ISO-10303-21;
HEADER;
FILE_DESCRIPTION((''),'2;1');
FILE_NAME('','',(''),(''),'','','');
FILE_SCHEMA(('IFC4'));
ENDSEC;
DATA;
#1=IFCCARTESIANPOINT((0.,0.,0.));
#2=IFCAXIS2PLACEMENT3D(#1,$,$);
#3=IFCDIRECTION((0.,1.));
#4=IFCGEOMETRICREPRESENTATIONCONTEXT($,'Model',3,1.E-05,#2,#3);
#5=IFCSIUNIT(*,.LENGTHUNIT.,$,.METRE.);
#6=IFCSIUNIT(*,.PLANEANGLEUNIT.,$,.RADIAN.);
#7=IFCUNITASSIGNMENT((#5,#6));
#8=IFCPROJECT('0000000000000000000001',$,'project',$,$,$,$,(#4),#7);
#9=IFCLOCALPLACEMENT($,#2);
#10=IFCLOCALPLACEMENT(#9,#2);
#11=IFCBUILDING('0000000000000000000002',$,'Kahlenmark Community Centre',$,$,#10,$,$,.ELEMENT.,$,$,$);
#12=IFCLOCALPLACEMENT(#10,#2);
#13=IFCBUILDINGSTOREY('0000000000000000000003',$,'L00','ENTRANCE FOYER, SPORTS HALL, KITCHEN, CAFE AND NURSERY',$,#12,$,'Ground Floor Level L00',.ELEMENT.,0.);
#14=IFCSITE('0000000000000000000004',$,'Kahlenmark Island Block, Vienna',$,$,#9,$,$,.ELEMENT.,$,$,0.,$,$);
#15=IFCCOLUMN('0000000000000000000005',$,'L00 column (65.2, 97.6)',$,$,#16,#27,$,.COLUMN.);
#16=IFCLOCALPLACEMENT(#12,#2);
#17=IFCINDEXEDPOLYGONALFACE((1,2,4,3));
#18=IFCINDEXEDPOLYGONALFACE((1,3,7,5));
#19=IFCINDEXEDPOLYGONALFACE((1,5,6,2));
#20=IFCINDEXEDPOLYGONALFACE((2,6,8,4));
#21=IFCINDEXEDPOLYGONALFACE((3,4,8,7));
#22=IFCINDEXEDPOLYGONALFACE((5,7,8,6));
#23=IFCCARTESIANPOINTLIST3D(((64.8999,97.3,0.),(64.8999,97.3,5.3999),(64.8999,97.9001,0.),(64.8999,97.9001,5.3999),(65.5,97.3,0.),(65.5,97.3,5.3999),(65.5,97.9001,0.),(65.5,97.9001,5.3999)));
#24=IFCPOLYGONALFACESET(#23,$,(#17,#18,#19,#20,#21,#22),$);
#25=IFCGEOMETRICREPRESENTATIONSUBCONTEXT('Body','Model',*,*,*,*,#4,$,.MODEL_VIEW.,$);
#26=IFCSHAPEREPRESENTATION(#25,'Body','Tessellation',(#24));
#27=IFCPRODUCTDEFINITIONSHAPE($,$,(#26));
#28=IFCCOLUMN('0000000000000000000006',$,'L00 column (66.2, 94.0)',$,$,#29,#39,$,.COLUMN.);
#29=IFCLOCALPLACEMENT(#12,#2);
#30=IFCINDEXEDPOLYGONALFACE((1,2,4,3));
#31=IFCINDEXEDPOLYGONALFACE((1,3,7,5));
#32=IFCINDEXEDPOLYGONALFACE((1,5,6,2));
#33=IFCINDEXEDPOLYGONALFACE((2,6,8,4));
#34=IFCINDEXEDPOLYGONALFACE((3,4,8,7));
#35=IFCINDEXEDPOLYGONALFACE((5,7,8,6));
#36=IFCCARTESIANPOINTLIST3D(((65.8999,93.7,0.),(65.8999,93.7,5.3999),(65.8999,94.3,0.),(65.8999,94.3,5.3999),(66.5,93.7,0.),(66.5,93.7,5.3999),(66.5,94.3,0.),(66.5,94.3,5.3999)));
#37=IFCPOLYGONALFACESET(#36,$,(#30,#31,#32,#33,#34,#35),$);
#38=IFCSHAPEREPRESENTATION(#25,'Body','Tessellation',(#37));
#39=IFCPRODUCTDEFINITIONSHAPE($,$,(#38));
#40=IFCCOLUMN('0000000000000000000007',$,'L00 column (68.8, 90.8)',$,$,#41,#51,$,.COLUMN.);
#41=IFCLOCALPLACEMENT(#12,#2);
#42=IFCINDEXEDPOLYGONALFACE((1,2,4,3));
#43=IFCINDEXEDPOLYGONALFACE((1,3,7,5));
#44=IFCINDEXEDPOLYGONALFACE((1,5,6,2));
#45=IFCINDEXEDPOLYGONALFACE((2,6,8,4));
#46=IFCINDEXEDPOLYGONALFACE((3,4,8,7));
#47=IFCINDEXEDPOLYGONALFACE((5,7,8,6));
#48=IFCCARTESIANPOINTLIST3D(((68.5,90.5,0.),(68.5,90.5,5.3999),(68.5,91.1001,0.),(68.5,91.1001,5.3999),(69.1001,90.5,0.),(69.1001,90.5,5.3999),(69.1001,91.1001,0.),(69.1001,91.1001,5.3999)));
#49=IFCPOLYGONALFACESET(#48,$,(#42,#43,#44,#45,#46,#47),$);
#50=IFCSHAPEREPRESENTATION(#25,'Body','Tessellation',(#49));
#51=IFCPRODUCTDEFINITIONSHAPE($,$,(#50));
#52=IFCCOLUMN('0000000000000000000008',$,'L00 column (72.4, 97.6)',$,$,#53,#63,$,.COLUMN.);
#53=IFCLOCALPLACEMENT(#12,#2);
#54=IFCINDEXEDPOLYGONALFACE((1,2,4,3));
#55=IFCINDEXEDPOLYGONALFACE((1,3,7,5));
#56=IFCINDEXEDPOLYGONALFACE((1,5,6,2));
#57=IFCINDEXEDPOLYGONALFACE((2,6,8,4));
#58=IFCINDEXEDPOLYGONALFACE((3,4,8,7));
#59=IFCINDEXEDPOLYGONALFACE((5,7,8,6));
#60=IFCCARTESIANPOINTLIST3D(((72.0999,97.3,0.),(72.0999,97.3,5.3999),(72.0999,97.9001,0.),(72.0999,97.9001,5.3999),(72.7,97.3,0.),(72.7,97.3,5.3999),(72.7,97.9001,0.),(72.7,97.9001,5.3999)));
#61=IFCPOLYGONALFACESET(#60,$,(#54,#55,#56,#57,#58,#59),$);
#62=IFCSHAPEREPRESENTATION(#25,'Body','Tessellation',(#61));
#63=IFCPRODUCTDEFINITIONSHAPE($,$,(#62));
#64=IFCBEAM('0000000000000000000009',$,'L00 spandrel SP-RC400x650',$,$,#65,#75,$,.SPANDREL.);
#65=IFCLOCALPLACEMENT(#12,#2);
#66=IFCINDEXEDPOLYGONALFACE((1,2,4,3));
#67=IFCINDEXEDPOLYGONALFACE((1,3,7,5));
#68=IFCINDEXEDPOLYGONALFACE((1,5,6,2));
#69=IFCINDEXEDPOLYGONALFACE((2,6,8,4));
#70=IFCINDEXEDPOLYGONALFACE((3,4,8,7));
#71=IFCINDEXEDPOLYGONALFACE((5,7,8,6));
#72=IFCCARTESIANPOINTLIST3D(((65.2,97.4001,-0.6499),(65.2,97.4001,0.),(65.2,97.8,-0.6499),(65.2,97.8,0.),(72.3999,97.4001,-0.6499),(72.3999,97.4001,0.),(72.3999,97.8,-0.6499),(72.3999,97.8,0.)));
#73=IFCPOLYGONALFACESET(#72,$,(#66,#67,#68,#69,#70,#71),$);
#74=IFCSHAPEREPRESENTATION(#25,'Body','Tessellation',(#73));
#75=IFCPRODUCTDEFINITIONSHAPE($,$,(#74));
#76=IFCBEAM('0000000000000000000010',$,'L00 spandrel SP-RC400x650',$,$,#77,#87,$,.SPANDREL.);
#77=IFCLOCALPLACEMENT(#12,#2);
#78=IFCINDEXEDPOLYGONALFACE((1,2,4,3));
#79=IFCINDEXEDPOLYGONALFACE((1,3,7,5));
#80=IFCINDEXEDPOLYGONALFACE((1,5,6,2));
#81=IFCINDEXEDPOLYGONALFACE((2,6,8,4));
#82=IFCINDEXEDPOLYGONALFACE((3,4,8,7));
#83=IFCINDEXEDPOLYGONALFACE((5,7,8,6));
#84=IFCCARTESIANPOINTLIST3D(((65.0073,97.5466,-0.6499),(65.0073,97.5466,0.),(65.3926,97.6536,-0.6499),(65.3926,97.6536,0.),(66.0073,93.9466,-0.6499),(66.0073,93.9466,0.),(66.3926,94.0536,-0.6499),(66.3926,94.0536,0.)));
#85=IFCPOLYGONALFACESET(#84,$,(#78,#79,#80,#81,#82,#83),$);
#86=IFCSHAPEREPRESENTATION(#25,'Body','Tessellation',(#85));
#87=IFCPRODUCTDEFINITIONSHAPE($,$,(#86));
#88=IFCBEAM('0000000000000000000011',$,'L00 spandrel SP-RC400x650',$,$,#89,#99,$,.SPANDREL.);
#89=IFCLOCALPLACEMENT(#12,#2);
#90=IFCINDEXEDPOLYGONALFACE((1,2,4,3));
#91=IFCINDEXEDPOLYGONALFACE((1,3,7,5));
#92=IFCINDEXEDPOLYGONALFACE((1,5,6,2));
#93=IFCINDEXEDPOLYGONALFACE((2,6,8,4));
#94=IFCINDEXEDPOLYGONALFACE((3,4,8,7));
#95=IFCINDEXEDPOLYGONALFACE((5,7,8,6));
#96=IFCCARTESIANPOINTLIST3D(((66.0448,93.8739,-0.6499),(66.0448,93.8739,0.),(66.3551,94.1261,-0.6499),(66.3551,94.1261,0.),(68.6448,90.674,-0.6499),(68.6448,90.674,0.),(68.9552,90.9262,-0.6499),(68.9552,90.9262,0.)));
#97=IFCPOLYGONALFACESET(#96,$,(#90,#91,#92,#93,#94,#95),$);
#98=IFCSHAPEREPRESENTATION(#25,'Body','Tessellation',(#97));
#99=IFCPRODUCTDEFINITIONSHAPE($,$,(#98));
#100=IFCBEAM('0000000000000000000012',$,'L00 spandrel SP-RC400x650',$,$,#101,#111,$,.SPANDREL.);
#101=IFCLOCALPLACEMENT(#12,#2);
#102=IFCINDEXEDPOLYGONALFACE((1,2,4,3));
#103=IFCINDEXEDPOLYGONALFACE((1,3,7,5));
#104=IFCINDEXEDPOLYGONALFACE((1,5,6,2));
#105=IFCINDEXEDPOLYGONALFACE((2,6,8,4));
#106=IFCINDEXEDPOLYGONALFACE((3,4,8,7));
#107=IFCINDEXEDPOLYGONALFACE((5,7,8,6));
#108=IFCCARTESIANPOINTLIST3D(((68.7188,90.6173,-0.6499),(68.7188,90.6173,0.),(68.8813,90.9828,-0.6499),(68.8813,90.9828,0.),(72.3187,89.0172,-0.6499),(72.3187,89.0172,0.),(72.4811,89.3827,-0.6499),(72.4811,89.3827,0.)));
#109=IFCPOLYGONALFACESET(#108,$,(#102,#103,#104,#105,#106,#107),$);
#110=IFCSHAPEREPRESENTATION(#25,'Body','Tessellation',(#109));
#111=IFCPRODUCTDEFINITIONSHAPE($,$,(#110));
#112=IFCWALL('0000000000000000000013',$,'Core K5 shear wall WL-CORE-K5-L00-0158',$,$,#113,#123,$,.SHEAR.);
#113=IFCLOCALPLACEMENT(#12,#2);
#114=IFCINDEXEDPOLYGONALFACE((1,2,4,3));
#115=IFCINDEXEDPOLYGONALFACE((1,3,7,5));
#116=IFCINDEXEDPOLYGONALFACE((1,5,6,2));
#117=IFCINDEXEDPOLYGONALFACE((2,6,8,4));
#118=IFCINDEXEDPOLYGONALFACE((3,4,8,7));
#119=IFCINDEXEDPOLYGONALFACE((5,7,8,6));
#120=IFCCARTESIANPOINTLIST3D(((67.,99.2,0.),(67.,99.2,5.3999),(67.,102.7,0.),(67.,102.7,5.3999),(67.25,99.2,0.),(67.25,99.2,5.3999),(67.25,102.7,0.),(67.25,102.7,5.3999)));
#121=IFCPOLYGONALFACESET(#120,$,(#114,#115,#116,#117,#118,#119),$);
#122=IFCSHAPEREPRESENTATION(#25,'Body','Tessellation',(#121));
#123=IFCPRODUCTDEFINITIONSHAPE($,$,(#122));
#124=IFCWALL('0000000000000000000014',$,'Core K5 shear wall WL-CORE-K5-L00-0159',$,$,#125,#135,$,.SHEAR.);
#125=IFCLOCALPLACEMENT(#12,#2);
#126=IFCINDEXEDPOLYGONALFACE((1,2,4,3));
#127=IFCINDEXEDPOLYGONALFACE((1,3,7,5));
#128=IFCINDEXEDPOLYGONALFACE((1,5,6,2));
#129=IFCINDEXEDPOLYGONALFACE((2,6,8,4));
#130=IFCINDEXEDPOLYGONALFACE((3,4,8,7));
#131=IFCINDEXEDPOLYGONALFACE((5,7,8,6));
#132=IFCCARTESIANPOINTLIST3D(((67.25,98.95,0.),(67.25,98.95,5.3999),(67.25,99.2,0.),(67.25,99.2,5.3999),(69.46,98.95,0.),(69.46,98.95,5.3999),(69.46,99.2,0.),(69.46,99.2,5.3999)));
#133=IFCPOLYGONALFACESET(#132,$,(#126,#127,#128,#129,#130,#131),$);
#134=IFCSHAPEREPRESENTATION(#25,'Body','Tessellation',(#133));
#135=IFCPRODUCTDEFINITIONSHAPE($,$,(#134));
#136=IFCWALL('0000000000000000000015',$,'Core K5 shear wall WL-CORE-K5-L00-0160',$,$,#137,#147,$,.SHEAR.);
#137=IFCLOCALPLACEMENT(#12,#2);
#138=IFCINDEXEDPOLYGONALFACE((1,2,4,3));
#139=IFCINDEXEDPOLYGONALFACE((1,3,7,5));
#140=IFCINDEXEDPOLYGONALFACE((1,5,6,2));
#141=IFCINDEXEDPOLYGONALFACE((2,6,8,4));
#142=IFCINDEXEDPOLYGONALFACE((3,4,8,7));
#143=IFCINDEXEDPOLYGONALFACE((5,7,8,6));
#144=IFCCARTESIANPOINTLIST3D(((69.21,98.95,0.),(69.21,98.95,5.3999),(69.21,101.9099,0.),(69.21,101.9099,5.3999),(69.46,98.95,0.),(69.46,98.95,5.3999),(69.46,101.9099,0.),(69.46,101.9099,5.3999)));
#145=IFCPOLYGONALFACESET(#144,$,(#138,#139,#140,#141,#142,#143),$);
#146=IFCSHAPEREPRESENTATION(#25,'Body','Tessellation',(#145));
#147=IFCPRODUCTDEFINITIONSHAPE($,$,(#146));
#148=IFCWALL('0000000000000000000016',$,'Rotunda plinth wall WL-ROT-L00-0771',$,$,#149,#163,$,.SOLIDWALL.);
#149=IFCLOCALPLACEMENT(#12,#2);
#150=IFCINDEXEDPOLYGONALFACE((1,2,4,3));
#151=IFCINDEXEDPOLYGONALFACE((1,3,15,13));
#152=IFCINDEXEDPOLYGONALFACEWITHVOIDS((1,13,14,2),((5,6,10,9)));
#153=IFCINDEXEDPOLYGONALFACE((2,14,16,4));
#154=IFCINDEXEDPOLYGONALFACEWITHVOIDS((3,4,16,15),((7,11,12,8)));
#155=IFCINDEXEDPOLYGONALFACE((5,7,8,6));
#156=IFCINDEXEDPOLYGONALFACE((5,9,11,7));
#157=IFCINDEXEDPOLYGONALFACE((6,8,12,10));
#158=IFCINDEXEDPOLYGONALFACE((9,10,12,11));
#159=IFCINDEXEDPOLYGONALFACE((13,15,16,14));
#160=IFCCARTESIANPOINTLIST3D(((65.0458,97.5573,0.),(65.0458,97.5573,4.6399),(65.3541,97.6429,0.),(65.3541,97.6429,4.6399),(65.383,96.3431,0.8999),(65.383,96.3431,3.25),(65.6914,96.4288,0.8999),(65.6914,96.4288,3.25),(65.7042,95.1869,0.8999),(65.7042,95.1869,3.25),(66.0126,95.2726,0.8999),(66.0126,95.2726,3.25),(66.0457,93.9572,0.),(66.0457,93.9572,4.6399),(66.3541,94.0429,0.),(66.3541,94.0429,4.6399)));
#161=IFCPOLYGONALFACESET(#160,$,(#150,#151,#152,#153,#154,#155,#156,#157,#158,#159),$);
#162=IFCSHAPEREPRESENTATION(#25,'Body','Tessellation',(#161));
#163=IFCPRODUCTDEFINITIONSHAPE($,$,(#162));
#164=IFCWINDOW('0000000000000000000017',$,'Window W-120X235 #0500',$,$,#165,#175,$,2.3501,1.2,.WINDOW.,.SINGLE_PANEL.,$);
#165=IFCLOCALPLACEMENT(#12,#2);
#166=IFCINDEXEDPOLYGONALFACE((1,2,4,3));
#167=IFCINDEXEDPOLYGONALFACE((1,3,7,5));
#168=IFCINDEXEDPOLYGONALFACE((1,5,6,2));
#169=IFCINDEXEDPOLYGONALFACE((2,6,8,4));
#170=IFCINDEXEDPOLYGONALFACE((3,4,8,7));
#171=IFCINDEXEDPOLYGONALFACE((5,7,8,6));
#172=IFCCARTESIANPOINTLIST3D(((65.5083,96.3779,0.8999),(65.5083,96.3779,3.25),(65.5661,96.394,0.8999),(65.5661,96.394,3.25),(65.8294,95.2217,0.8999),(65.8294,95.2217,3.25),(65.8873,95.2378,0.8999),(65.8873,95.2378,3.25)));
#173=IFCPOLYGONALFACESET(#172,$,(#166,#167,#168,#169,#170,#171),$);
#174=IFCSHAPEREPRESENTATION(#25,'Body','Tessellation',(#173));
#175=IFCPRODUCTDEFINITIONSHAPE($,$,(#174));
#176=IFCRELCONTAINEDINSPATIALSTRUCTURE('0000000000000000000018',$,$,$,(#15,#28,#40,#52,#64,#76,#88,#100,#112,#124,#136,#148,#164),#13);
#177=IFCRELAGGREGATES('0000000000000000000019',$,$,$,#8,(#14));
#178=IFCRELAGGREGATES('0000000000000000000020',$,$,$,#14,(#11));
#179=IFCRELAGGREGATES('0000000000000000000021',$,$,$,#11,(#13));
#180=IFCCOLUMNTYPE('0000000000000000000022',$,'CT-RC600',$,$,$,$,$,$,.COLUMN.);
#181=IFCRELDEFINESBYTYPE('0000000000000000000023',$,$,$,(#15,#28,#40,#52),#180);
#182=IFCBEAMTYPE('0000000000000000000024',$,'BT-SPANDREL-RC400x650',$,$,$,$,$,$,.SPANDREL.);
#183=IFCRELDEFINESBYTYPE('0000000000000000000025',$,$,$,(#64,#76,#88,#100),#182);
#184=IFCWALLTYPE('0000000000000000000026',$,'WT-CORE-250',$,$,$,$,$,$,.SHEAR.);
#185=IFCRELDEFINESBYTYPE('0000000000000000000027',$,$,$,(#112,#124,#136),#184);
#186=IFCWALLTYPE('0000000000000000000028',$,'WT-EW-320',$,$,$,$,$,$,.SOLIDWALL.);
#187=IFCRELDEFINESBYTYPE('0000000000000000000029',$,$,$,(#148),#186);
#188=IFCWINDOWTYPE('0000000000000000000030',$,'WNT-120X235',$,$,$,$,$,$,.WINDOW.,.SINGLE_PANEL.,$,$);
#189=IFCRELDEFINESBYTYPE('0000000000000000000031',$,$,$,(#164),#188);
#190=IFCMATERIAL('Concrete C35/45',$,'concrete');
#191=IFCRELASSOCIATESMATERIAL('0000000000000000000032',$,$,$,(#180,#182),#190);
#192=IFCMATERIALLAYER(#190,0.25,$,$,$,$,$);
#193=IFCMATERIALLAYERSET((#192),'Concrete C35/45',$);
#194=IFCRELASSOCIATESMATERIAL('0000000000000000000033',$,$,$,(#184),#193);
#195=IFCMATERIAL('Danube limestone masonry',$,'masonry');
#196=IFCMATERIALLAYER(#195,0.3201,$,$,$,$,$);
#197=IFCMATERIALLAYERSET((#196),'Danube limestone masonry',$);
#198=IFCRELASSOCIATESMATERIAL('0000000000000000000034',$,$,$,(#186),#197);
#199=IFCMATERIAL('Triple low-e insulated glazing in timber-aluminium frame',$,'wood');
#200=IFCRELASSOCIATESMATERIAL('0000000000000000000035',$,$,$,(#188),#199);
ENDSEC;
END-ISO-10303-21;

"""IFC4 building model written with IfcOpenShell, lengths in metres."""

from ifc_helpers import new_model, si_unit, direction, frame, frame_2d, origin, origin_2d, place, context, subcontext, project, spatial, rectangle, extrude, material, layer, layer_set, material_profile, profile_set, type_object, element, fill, save


model = new_model("IFC4")

# Units and contexts
model_context = context("Model", 3, precision=1e-05, world=origin(), true_north=direction((0.0, 1.0)))
body_context = subcontext(model_context, "Body", "Model", "MODEL_VIEW")
ifc_project = project(units=[si_unit("LENGTHUNIT", "METRE"), si_unit("PLANEANGLEUNIT", "RADIAN")], contexts=[model_context])

# Site, building, storey
site_placement = place(None, origin())
site = spatial("IfcSite", under=ifc_project, at=site_placement, Name="Kahlenmark Island Block, Vienna", CompositionType="ELEMENT", RefElevation=0.0)
building_placement = place(site_placement, origin())
building = spatial("IfcBuilding", under=site, at=building_placement, Name="Kahlenmark Community Centre", CompositionType="ELEMENT")
storey_placement = place(building_placement, origin())
storey = spatial("IfcBuildingStorey", under=building, at=storey_placement, Name="L00", Description="ENTRANCE FOYER, SPORTS HALL, KITCHEN, CAFE AND NURSERY", LongName="Ground Floor Level L00", CompositionType="ELEMENT", Elevation=0.0)

# Columns
ifc_material_1 = material(Name="Concrete C35/45", Category="concrete")
ifc_material_profile_1 = material_profile(ifc_material_1, rectangle(XDim=0.6001, YDim=0.6001, at=origin_2d()), Name="RC 600x600")
ifc_profile_set_1 = profile_set([ifc_material_profile_1], Name="Concrete C35/45")
column_type = type_object("IfcColumnType", Name="CT-RC600", PredefinedType="COLUMN", material=ifc_profile_set_1)
for number, where, z_axis, x_axis, name in (
    (1, (65.2, 97.6001, 0.0), (0.0, 0.0, 1.0), (1.0, 0.0, 0.0), "L00 column (65.2, 97.6)"),
    (2, (66.2, 94.0, 0.0), (0.0, 0.0, 1.0), (1.0, 0.0, 0.0), "L00 column (66.2, 94.0)"),
    (3, (68.8, 90.8, 0.0), (0.0, 0.0, 1.0), (1.0, 0.0, 0.0), "L00 column (68.8, 90.8)"),
    (4, (72.3999, 97.6001, 0.0), (0.0, 0.0, 1.0), (1.0, 0.0, 0.0), "L00 column (72.4, 97.6)"),
):
    element("IfcColumn", number, at=place(storey_placement, frame(where, z_axis=z_axis, x_axis=x_axis)), inside=storey, type_object=column_type, Name=name, PredefinedType="COLUMN", context=body_context, shape_type="SweptSolid", body=[
        extrude(rectangle(XDim=0.6001, YDim=0.6001, at=origin_2d()), origin(), (0.0, 0.0, 1.0), 5.3999),
    ])

# Beams
ifc_material_profile_2 = material_profile(ifc_material_1, rectangle(XDim=0.3999, YDim=0.6499, at=origin_2d()), Name="RC 400x650")
ifc_profile_set_2 = profile_set([ifc_material_profile_2], Name="Concrete C35/45")
beam_type = type_object("IfcBeamType", Name="BT-SPANDREL-RC400x650", PredefinedType="SPANDREL", material=ifc_profile_set_2)
beam_1_placement = place(storey_placement, frame((65.2, 97.6001, -0.325), z_axis=(1.0, 0.0, 0.0), x_axis=(0.0, 1.0, 0.0)))
element("IfcBeam", 5, at=beam_1_placement, inside=storey, type_object=beam_type, Name="L00 spandrel SP-RC400x650", PredefinedType="SPANDREL", context=body_context, shape_type="SweptSolid", body=[
    extrude(rectangle(XDim=0.3999, YDim=0.6499, at=origin_2d()), origin(), (0.0, 0.0, 1.0), 7.2),
])
beam_2_placement = place(storey_placement, frame((65.2, 97.6001, -0.325), z_axis=(0.267637, -0.96352, 0.0), x_axis=(0.96352, 0.267637, 0.0)))
element("IfcBeam", 6, at=beam_2_placement, inside=storey, type_object=beam_type, Name="L00 spandrel SP-RC400x650", PredefinedType="SPANDREL", context=body_context, shape_type="SweptSolid", body=[
    extrude(rectangle(XDim=0.3999, YDim=0.6499, at=origin_2d()), origin(), (0.0, 0.0, 1.0), 3.7363),
])
beam_3_placement = place(storey_placement, frame((66.2, 94.0, -0.325), z_axis=(0.630613, -0.776098, 0.0), x_axis=(0.776098, 0.630613, 0.0)))
element("IfcBeam", 7, at=beam_3_placement, inside=storey, type_object=beam_type, Name="L00 spandrel SP-RC400x650", PredefinedType="SPANDREL", context=body_context, shape_type="SweptSolid", body=[
    extrude(rectangle(XDim=0.3999, YDim=0.6499, at=origin_2d()), origin(), (0.0, 0.0, 1.0), 4.123),
])
beam_4_placement = place(storey_placement, frame((68.8, 90.8, -0.325), z_axis=(0.913796, -0.406173, 0.0), x_axis=(0.406173, 0.913796, 0.0)))
element("IfcBeam", 8, at=beam_4_placement, inside=storey, type_object=beam_type, Name="L00 spandrel SP-RC400x650", PredefinedType="SPANDREL", context=body_context, shape_type="SweptSolid", body=[
    extrude(rectangle(XDim=0.3999, YDim=0.6499, at=origin_2d()), origin(), (0.0, 0.0, 1.0), 3.9395),
])

# Walls
ifc_layer_1 = layer(ifc_material_1, 0.25)
ifc_layer_set_1 = layer_set([ifc_layer_1], Name="Concrete C35/45")
wall_type_1 = type_object("IfcWallType", Name="WT-CORE-250", PredefinedType="SHEAR", material=ifc_layer_set_1)
wall_1_placement = place(storey_placement, frame((67.125, 99.2, 0.0), z_axis=(0.0, 0.0, 1.0), x_axis=(0.0, 1.0, 0.0)))
element("IfcWall", 9, at=wall_1_placement, inside=storey, type_object=wall_type_1, Name="Core K5 shear wall WL-CORE-K5-L00-0158", PredefinedType="SHEAR", context=body_context, shape_type="SweptSolid", body=[
    extrude(rectangle(XDim=3.5, YDim=0.25, at=frame_2d((1.75, 0.0))), origin(), (0.0, 0.0, 1.0), 5.3999),
])
wall_2_placement = place(storey_placement, frame((67.25, 99.075, 0.0), z_axis=(0.0, 0.0, 1.0), x_axis=(1.0, 0.0, 0.0)))
element("IfcWall", 10, at=wall_2_placement, inside=storey, type_object=wall_type_1, Name="Core K5 shear wall WL-CORE-K5-L00-0159", PredefinedType="SHEAR", context=body_context, shape_type="SweptSolid", body=[
    extrude(rectangle(XDim=2.21, YDim=0.25, at=frame_2d((1.105, 0.0))), origin(), (0.0, 0.0, 1.0), 5.3999),
])
wall_3_placement = place(storey_placement, frame((69.335, 98.95, 0.0), z_axis=(0.0, 0.0, 1.0), x_axis=(0.0, 1.0, 0.0)))
element("IfcWall", 11, at=wall_3_placement, inside=storey, type_object=wall_type_1, Name="Core K5 shear wall WL-CORE-K5-L00-0160", PredefinedType="SHEAR", context=body_context, shape_type="SweptSolid", body=[
    extrude(rectangle(XDim=2.96, YDim=0.25, at=frame_2d((1.48, 0.0))), origin(), (0.0, 0.0, 1.0), 5.3999),
])

# Wall, opening, window
ifc_material_2 = material(Name="Danube limestone masonry", Category="masonry")
ifc_layer_2 = layer(ifc_material_2, 0.3201)
ifc_layer_set_2 = layer_set([ifc_layer_2], Name="Danube limestone masonry")
wall_type_2 = type_object("IfcWallType", Name="WT-EW-320", PredefinedType="SOLIDWALL", material=ifc_layer_set_2)
wall_4_placement = place(storey_placement, frame((65.2, 97.6001, 0.0), z_axis=(0.0, 0.0, 1.0), x_axis=(0.267637, -0.96352, 0.0)))
wall_4 = element("IfcWall", 12, at=wall_4_placement, inside=storey, type_object=wall_type_2, Name="Rotunda plinth wall WL-ROT-L00-0771", PredefinedType="SOLIDWALL", context=body_context, shape_type="SweptSolid", body=[
    extrude(rectangle(XDim=3.7363, YDim=0.3201, at=frame_2d((1.8682, 0.0))), origin(), (0.0, 0.0, 1.0), 4.6399),
])
opening_1_placement = place(wall_4_placement, frame((1.26, 0.0, 0.8999)))
opening_1 = element("IfcOpeningElement", 13, at=opening_1_placement, cuts=wall_4, PredefinedType="OPENING", context=body_context, shape_type="SweptSolid", body=[
    extrude(rectangle(XDim=1.2, YDim=2.3501, at=frame_2d((0.6001, 1.175))), frame((0.0, 0.1699, 0.0), z_axis=(0.0, -1.0, 0.0), x_axis=(1.0, 0.0, 0.0)), (0.0, 0.0, 1.0), 0.3401),
])
ifc_material_3 = material(Name="Triple low-e insulated glazing in timber-aluminium frame", Category="wood")
window_type = type_object("IfcWindowType", Name="WNT-120X235", PartitioningType="SINGLE_PANEL", PredefinedType="WINDOW", material=ifc_material_3)
window_1_placement = place(opening_1_placement, origin())
window_1 = element("IfcWindow", 14, at=window_1_placement, inside=storey, type_object=window_type, Name="Window W-120X235 #0500", OverallHeight=2.3501, OverallWidth=1.2, PartitioningType="SINGLE_PANEL", PredefinedType="WINDOW", context=body_context, shape_type="SweptSolid", body=[
    extrude(rectangle(XDim=1.2, YDim=2.3501, at=frame_2d((0.6001, 1.175))), frame((0.0, 0.03, 0.0), z_axis=(0.0, -1.0, 0.0), x_axis=(1.0, 0.0, 0.0)), (0.0, 0.0, 1.0), 0.0601),
])
fill(opening_1, window_1)

save(model, "model.ifc")
